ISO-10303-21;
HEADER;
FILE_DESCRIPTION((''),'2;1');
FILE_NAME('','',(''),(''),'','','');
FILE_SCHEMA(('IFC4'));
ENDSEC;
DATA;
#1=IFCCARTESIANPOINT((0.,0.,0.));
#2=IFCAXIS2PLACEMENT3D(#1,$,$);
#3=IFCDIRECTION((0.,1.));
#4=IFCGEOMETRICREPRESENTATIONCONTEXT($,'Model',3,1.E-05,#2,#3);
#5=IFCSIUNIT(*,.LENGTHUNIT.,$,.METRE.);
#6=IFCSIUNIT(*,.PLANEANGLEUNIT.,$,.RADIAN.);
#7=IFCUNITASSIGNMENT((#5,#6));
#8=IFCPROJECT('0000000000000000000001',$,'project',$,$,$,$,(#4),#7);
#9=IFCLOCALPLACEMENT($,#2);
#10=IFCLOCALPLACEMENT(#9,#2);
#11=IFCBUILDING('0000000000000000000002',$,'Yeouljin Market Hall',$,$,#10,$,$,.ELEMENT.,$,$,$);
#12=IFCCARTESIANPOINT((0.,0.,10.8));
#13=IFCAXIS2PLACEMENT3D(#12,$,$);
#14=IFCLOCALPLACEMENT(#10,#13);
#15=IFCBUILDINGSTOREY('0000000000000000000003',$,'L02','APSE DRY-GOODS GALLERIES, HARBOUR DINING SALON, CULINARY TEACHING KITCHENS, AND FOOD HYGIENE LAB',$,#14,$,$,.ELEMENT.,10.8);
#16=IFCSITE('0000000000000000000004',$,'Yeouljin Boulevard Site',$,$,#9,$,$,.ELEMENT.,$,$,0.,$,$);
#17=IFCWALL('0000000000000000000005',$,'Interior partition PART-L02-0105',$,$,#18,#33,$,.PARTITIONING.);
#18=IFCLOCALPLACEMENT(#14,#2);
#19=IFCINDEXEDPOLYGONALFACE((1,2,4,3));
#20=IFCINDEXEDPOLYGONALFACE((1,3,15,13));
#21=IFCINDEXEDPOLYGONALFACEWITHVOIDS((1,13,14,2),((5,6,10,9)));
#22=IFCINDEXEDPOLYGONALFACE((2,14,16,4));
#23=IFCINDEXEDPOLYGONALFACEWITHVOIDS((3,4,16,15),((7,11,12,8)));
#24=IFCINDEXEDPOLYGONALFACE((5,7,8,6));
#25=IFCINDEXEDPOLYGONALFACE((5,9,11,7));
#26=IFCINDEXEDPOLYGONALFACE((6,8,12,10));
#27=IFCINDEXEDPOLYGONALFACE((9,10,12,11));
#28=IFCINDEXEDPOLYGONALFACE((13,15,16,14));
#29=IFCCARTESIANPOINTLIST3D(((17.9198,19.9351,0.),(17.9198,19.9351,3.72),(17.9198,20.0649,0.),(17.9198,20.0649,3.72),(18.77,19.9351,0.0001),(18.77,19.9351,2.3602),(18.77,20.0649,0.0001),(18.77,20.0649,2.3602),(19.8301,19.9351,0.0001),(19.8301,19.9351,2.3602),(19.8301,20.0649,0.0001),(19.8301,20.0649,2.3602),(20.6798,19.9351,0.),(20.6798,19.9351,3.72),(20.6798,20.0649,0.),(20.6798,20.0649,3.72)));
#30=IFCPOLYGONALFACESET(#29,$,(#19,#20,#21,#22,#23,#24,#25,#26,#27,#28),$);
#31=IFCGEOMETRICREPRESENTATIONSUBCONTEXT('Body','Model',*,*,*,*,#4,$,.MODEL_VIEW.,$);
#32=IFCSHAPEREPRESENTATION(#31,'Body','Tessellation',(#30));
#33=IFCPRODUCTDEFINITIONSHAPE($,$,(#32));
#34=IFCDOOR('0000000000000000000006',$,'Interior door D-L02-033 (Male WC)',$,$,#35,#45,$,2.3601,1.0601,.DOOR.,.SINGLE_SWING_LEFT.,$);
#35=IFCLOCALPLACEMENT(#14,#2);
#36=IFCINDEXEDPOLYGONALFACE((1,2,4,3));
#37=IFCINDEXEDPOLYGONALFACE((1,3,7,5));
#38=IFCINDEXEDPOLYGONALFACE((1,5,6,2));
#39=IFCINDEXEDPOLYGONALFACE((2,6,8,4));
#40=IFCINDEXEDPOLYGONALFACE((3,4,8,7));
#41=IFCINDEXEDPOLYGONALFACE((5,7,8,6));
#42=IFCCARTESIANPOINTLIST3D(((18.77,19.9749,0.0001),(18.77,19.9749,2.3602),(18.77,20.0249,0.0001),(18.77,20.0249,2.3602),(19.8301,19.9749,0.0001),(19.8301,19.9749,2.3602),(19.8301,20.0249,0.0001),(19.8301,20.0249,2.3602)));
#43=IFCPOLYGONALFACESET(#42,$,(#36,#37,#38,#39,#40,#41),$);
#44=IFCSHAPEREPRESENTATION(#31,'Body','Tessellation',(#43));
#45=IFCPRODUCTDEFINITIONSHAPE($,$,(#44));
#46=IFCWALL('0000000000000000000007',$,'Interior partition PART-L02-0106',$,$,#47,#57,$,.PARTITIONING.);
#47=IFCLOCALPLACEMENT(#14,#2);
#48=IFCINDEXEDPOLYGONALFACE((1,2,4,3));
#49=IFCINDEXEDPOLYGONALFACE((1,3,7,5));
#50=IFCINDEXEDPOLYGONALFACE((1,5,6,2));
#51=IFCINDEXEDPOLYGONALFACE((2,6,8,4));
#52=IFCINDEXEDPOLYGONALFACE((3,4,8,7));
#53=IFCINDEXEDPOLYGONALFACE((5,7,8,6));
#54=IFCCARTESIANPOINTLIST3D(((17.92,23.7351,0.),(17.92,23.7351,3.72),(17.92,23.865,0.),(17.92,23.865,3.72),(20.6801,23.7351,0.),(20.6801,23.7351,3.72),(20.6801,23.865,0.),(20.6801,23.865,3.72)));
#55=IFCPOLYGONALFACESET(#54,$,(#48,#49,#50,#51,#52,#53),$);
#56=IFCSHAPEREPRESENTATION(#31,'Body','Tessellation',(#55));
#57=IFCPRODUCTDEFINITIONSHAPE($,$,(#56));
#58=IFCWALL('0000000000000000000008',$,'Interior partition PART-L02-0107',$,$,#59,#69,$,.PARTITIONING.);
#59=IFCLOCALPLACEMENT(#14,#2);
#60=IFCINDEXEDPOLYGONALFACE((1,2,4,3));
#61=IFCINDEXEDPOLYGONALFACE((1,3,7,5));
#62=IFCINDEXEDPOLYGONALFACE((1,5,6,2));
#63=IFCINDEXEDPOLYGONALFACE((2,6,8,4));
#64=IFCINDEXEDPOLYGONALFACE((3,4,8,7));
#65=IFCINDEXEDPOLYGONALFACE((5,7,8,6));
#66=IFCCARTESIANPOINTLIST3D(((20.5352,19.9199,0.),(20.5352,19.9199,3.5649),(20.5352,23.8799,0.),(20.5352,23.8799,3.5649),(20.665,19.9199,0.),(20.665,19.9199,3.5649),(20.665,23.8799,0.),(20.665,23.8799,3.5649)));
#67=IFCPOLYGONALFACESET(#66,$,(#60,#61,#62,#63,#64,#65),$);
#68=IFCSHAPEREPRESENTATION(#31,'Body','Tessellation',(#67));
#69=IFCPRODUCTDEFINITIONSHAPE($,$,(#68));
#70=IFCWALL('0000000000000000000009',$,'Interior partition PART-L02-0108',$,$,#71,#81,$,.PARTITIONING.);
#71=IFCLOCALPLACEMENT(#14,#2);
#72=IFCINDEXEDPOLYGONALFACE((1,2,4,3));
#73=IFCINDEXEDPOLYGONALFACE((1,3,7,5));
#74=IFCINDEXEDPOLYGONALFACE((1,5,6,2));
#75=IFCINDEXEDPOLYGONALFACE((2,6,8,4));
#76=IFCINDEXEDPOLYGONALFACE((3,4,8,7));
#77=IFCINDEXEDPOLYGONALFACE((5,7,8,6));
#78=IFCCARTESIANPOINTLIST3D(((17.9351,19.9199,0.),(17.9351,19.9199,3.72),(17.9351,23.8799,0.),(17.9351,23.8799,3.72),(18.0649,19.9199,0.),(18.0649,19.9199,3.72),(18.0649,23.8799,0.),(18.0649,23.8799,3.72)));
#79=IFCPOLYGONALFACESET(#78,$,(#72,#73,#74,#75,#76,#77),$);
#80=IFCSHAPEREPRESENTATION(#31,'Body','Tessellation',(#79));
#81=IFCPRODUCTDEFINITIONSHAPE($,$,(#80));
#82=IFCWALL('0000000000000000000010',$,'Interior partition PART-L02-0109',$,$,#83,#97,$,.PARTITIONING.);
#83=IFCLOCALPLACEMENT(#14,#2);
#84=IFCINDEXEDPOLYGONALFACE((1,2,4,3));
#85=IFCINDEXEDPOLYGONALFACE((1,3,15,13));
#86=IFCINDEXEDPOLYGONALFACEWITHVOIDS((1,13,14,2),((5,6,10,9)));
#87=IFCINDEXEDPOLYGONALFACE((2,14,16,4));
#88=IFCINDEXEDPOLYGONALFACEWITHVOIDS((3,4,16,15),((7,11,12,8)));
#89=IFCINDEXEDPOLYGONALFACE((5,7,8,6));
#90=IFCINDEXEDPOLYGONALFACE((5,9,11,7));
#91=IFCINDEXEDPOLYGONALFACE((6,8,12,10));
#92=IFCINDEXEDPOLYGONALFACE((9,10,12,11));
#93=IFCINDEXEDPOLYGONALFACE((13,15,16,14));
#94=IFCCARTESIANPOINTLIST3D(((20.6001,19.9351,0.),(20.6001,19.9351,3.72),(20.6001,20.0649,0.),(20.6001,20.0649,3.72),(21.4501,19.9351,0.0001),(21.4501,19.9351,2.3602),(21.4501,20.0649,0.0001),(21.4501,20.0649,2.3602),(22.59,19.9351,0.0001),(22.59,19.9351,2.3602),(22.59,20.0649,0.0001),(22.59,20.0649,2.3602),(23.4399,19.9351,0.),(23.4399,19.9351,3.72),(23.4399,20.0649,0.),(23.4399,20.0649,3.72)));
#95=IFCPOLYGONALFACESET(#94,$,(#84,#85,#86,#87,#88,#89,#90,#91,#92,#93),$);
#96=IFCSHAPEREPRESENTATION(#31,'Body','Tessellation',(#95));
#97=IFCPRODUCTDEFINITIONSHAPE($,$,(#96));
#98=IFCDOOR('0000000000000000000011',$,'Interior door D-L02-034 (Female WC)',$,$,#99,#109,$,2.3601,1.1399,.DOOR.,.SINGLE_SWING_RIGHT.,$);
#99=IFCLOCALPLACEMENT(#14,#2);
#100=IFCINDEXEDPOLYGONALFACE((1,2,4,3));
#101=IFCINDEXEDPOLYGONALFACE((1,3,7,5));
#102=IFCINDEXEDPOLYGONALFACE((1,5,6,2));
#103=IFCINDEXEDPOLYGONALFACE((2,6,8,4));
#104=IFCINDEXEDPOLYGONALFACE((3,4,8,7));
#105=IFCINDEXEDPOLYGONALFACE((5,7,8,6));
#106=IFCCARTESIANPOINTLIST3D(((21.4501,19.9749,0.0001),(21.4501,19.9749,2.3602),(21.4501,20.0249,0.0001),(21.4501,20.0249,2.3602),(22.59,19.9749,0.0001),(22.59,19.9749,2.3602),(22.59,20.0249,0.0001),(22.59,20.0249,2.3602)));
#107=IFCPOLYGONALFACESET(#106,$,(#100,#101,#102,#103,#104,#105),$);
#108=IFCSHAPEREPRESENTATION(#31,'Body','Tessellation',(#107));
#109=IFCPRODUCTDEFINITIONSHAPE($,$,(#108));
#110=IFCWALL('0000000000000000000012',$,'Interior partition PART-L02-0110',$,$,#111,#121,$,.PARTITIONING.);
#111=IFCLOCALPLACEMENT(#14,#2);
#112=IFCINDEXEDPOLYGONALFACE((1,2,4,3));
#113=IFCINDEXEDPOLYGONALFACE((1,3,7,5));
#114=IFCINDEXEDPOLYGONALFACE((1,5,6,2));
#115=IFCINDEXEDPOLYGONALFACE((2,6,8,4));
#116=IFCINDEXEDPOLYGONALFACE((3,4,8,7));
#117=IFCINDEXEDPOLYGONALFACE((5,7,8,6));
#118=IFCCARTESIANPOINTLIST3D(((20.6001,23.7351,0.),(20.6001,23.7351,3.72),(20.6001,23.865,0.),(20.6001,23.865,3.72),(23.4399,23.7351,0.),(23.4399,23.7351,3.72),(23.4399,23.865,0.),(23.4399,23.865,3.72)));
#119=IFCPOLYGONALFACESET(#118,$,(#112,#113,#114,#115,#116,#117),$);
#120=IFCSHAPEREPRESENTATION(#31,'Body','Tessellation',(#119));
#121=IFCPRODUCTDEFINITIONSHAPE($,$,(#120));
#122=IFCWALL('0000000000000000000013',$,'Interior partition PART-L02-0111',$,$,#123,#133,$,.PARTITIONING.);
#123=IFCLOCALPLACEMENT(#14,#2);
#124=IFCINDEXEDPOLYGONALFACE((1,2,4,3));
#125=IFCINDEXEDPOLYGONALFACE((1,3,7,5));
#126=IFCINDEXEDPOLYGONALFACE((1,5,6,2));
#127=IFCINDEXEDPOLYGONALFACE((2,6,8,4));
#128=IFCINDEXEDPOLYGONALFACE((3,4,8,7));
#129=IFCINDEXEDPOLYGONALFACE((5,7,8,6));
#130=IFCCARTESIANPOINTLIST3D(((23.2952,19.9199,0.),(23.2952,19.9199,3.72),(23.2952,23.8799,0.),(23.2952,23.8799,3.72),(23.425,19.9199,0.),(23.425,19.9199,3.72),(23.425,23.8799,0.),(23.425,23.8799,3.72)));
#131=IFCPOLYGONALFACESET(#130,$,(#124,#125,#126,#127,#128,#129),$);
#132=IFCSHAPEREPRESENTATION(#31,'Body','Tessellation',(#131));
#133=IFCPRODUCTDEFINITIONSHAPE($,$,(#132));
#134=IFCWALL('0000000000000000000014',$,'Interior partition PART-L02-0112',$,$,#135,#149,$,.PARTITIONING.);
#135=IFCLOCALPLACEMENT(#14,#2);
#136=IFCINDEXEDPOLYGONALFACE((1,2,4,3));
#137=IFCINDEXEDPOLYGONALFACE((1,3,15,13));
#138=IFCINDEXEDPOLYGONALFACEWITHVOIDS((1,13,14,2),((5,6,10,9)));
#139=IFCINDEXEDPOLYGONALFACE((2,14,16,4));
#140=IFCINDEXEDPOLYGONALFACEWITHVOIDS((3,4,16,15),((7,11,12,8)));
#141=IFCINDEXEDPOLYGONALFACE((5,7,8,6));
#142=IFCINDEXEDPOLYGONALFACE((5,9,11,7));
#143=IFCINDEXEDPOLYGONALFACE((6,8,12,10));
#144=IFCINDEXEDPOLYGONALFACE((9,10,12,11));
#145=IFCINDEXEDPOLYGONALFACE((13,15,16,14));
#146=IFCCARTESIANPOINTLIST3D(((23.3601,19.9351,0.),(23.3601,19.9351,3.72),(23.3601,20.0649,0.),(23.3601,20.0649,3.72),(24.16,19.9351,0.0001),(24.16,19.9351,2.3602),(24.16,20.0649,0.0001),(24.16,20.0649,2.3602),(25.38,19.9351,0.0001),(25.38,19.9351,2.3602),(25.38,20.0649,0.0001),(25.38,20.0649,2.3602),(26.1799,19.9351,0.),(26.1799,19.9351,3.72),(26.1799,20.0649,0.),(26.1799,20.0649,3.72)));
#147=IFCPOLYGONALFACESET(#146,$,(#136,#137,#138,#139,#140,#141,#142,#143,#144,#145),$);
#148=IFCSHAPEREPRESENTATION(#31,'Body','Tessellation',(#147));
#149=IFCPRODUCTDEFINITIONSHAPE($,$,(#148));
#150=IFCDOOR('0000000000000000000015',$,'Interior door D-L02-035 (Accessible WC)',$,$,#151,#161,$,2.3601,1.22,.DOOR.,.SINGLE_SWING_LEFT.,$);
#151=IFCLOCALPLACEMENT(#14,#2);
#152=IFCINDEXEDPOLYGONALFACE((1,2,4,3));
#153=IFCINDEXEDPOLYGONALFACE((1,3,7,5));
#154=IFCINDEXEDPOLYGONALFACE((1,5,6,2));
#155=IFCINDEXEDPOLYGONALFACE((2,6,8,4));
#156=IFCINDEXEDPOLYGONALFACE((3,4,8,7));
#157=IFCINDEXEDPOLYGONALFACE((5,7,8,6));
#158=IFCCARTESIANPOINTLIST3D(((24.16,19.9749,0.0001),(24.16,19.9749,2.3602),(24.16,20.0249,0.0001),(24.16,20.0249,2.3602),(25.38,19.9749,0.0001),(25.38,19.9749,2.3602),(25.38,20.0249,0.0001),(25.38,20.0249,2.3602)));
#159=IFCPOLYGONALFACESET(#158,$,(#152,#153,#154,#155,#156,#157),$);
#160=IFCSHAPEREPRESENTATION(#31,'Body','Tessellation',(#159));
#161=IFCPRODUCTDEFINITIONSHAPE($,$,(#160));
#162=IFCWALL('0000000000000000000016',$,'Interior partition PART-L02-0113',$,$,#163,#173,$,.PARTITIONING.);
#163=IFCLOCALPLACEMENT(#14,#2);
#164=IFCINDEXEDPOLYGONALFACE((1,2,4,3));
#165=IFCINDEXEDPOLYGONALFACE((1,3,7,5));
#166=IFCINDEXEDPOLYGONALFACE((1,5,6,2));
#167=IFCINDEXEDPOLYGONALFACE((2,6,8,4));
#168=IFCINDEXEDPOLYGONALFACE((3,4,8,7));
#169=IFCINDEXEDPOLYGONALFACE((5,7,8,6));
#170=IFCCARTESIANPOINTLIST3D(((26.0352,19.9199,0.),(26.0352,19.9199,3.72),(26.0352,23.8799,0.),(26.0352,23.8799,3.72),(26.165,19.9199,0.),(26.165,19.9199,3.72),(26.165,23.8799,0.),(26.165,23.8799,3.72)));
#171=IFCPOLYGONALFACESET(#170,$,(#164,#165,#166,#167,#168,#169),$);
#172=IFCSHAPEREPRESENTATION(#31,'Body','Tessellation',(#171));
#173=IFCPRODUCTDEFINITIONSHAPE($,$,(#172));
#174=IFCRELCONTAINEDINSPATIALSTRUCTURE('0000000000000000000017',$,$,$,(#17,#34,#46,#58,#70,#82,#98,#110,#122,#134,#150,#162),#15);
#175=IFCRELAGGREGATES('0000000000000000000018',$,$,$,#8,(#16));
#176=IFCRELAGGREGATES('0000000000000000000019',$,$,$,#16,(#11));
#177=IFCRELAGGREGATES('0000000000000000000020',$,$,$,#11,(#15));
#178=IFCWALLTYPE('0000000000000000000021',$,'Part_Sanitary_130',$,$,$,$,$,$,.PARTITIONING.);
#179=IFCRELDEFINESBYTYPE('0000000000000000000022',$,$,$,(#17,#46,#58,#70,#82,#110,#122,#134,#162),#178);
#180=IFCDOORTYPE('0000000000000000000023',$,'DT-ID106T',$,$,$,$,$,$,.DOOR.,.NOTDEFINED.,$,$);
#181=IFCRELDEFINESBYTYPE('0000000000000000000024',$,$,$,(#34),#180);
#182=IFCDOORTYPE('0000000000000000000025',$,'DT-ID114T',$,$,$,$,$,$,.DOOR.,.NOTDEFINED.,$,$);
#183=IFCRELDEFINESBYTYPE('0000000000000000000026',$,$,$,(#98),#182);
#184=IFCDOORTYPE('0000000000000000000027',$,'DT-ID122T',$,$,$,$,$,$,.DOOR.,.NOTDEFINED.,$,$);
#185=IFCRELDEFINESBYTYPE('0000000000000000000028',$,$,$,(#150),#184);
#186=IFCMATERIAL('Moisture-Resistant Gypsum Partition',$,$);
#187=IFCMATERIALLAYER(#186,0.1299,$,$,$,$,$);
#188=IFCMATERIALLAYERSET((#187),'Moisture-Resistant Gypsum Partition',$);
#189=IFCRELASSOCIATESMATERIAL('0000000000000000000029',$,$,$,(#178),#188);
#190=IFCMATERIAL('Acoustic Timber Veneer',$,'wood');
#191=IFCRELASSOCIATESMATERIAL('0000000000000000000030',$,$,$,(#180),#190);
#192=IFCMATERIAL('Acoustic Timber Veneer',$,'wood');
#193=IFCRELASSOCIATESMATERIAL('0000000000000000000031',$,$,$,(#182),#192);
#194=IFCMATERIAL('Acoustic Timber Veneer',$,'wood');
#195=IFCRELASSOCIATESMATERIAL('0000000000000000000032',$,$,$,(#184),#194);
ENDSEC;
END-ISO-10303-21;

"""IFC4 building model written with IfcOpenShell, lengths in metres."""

from ifc_helpers import new_model, si_unit, direction, frame, frame_2d, origin, place, context, subcontext, project, spatial, rectangle, extrude, material, layer, layer_set, type_object, element, fill, save


model = new_model("IFC4")

# Units and contexts
model_context = context("Model", 3, precision=1e-05, world=origin(), true_north=direction((0.0, 1.0)))
body_context = subcontext(model_context, "Body", "Model", "MODEL_VIEW")
ifc_project = project(units=[si_unit("LENGTHUNIT", "METRE"), si_unit("PLANEANGLEUNIT", "RADIAN")], contexts=[model_context])

# Site, building, storey
site_placement = place(None, origin())
site = spatial("IfcSite", under=ifc_project, at=site_placement, Name="Yeouljin Boulevard Site", CompositionType="ELEMENT", RefElevation=0.0)
building_placement = place(site_placement, origin())
building = spatial("IfcBuilding", under=site, at=building_placement, Name="Yeouljin Market Hall", CompositionType="ELEMENT")
storey_placement = place(building_placement, frame((0.0, 0.0, 10.8)))
storey = spatial("IfcBuildingStorey", under=building, at=storey_placement, Name="L02", Description="APSE DRY-GOODS GALLERIES, HARBOUR DINING SALON, CULINARY TEACHING KITCHENS, AND FOOD HYGIENE LAB", CompositionType="ELEMENT", Elevation=10.8)

# Wall, opening, door
ifc_material_1 = material(Name="Moisture-Resistant Gypsum Partition")
ifc_layer_1 = layer(ifc_material_1, 0.1299)
ifc_layer_set_1 = layer_set([ifc_layer_1], Name="Moisture-Resistant Gypsum Partition")
wall_type_1 = type_object("IfcWallType", Name="Part_Sanitary_130", PredefinedType="PARTITIONING", material=ifc_layer_set_1)
wall_1_placement = place(storey_placement, frame((17.9199, 20.0, 0.0), z_axis=(0.0, 0.0, 1.0), x_axis=(1.0, 0.0, 0.0)))
wall_1 = element("IfcWall", 1, at=wall_1_placement, inside=storey, type_object=wall_type_1, Name="Interior partition PART-L02-0105", PredefinedType="PARTITIONING", context=body_context, shape_type="SweptSolid", body=[
    extrude(rectangle(XDim=2.76, YDim=0.1299, at=frame_2d((1.3799, 0.0))), origin(), (0.0, 0.0, 1.0), 3.72),
])
opening_1_placement = place(wall_1_placement, frame((0.8501, 0.0, 0.0)))
opening_1 = element("IfcOpeningElement", 2, at=opening_1_placement, cuts=wall_1, PredefinedType="OPENING", context=body_context, shape_type="SweptSolid", body=[
    extrude(rectangle(XDim=1.0601, YDim=2.3601, at=frame_2d((0.53, 1.1802))), frame((0.0, 0.075, 0.0), z_axis=(0.0, -1.0, 0.0), x_axis=(1.0, 0.0, 0.0)), (0.0, 0.0, 1.0), 0.1499),
])
ifc_material_2 = material(Name="Acoustic Timber Veneer", Category="wood")
door_type_1 = type_object("IfcDoorType", Name="DT-ID106T", OperationType="NOTDEFINED", PredefinedType="DOOR", material=ifc_material_2)
door_1_placement = place(opening_1_placement, origin())
door_1 = element("IfcDoor", 3, at=door_1_placement, inside=storey, type_object=door_type_1, Name="Interior door D-L02-033 (Male WC)", OperationType="SINGLE_SWING_LEFT", OverallHeight=2.3601, OverallWidth=1.0601, PredefinedType="DOOR", context=body_context, shape_type="SweptSolid", body=[
    extrude(rectangle(XDim=1.0601, YDim=2.3601, at=frame_2d((0.53, 1.1802))), frame((0.0, 0.0249, 0.0), z_axis=(0.0, -1.0, 0.0), x_axis=(1.0, 0.0, 0.0)), (0.0, 0.0, 1.0), 0.05),
])
fill(opening_1, door_1)

# Walls
wall_2_placement = place(storey_placement, frame((20.6799, 23.8, 0.0), z_axis=(0.0, 0.0, 1.0), x_axis=(-1.0, 0.0, 0.0)))
element("IfcWall", 4, at=wall_2_placement, inside=storey, type_object=wall_type_1, Name="Interior partition PART-L02-0106", PredefinedType="PARTITIONING", context=body_context, shape_type="SweptSolid", body=[
    extrude(rectangle(XDim=2.76, YDim=0.1299, at=frame_2d((1.3799, 0.0))), origin(), (0.0, 0.0, 1.0), 3.72),
])
wall_3_placement = place(storey_placement, frame((20.6001, 19.9199, 0.0), z_axis=(0.0, 0.0, 1.0), x_axis=(0.0, 1.0, 0.0)))
element("IfcWall", 5, at=wall_3_placement, inside=storey, type_object=wall_type_1, Name="Interior partition PART-L02-0107", PredefinedType="PARTITIONING", context=body_context, shape_type="SweptSolid", body=[
    extrude(rectangle(XDim=3.96, YDim=0.1299, at=frame_2d((1.98, 0.0))), origin(), (0.0, 0.0, 1.0), 3.5649),
])
wall_4_placement = place(storey_placement, frame((18.0, 23.8799, 0.0), z_axis=(0.0, 0.0, 1.0), x_axis=(0.0, -1.0, 0.0)))
element("IfcWall", 6, at=wall_4_placement, inside=storey, type_object=wall_type_1, Name="Interior partition PART-L02-0108", PredefinedType="PARTITIONING", context=body_context, shape_type="SweptSolid", body=[
    extrude(rectangle(XDim=3.96, YDim=0.1299, at=frame_2d((1.98, 0.0))), origin(), (0.0, 0.0, 1.0), 3.72),
])

# Wall, opening, door
wall_5_placement = place(storey_placement, frame((20.6001, 20.0, 0.0), z_axis=(0.0, 0.0, 1.0), x_axis=(1.0, 0.0, 0.0)))
wall_5 = element("IfcWall", 7, at=wall_5_placement, inside=storey, type_object=wall_type_1, Name="Interior partition PART-L02-0109", PredefinedType="PARTITIONING", context=body_context, shape_type="SweptSolid", body=[
    extrude(rectangle(XDim=2.8398, YDim=0.1299, at=frame_2d((1.4199, 0.0))), origin(), (0.0, 0.0, 1.0), 3.72),
])
opening_2_placement = place(wall_5_placement, frame((0.8501, 0.0, 0.0)))
opening_2 = element("IfcOpeningElement", 8, at=opening_2_placement, cuts=wall_5, PredefinedType="OPENING", context=body_context, shape_type="SweptSolid", body=[
    extrude(rectangle(XDim=1.1399, YDim=2.3601, at=frame_2d((0.5698, 1.1802))), frame((0.0, 0.075, 0.0), z_axis=(0.0, -1.0, 0.0), x_axis=(1.0, 0.0, 0.0)), (0.0, 0.0, 1.0), 0.1499),
])
ifc_material_3 = material(Name="Acoustic Timber Veneer", Category="wood")
door_type_2 = type_object("IfcDoorType", Name="DT-ID114T", OperationType="NOTDEFINED", PredefinedType="DOOR", material=ifc_material_3)
door_2_placement = place(opening_2_placement, origin())
door_2 = element("IfcDoor", 9, at=door_2_placement, inside=storey, type_object=door_type_2, Name="Interior door D-L02-034 (Female WC)", OperationType="SINGLE_SWING_RIGHT", OverallHeight=2.3601, OverallWidth=1.1399, PredefinedType="DOOR", context=body_context, shape_type="SweptSolid", body=[
    extrude(rectangle(XDim=1.1399, YDim=2.3601, at=frame_2d((0.5698, 1.1802))), frame((0.0, 0.0249, 0.0), z_axis=(0.0, -1.0, 0.0), x_axis=(1.0, 0.0, 0.0)), (0.0, 0.0, 1.0), 0.05),
])
fill(opening_2, door_2)

# Walls
wall_6_placement = place(storey_placement, frame((23.4399, 23.8, 0.0), z_axis=(0.0, 0.0, 1.0), x_axis=(-1.0, 0.0, 0.0)))
element("IfcWall", 10, at=wall_6_placement, inside=storey, type_object=wall_type_1, Name="Interior partition PART-L02-0110", PredefinedType="PARTITIONING", context=body_context, shape_type="SweptSolid", body=[
    extrude(rectangle(XDim=2.8398, YDim=0.1299, at=frame_2d((1.4199, 0.0))), origin(), (0.0, 0.0, 1.0), 3.72),
])
wall_7_placement = place(storey_placement, frame((23.3601, 19.9199, 0.0), z_axis=(0.0, 0.0, 1.0), x_axis=(0.0, 1.0, 0.0)))
element("IfcWall", 11, at=wall_7_placement, inside=storey, type_object=wall_type_1, Name="Interior partition PART-L02-0111", PredefinedType="PARTITIONING", context=body_context, shape_type="SweptSolid", body=[
    extrude(rectangle(XDim=3.96, YDim=0.1299, at=frame_2d((1.98, 0.0))), origin(), (0.0, 0.0, 1.0), 3.72),
])

# Wall, opening, door
wall_8_placement = place(storey_placement, frame((23.3601, 20.0, 0.0), z_axis=(0.0, 0.0, 1.0), x_axis=(1.0, 0.0, 0.0)))
wall_8 = element("IfcWall", 12, at=wall_8_placement, inside=storey, type_object=wall_type_1, Name="Interior partition PART-L02-0112", PredefinedType="PARTITIONING", context=body_context, shape_type="SweptSolid", body=[
    extrude(rectangle(XDim=2.8198, YDim=0.1299, at=frame_2d((1.4099, 0.0))), origin(), (0.0, 0.0, 1.0), 3.72),
])
opening_3_placement = place(wall_8_placement, frame((0.8, 0.0, 0.0)))
opening_3 = element("IfcOpeningElement", 13, at=opening_3_placement, cuts=wall_8, PredefinedType="OPENING", context=body_context, shape_type="SweptSolid", body=[
    extrude(rectangle(XDim=1.22, YDim=2.3601, at=frame_2d((0.6099, 1.1802))), frame((0.0, 0.075, 0.0), z_axis=(0.0, -1.0, 0.0), x_axis=(1.0, 0.0, 0.0)), (0.0, 0.0, 1.0), 0.1499),
])
ifc_material_4 = material(Name="Acoustic Timber Veneer", Category="wood")
door_type_3 = type_object("IfcDoorType", Name="DT-ID122T", OperationType="NOTDEFINED", PredefinedType="DOOR", material=ifc_material_4)
door_3_placement = place(opening_3_placement, origin())
door_3 = element("IfcDoor", 14, at=door_3_placement, inside=storey, type_object=door_type_3, Name="Interior door D-L02-035 (Accessible WC)", OperationType="SINGLE_SWING_LEFT", OverallHeight=2.3601, OverallWidth=1.22, PredefinedType="DOOR", context=body_context, shape_type="SweptSolid", body=[
    extrude(rectangle(XDim=1.22, YDim=2.3601, at=frame_2d((0.6099, 1.1802))), frame((0.0, 0.0249, 0.0), z_axis=(0.0, -1.0, 0.0), x_axis=(1.0, 0.0, 0.0)), (0.0, 0.0, 1.0), 0.05),
])
fill(opening_3, door_3)

# Wall
wall_9_placement = place(storey_placement, frame((26.1001, 19.9199, 0.0), z_axis=(0.0, 0.0, 1.0), x_axis=(0.0, 1.0, 0.0)))
element("IfcWall", 15, at=wall_9_placement, inside=storey, type_object=wall_type_1, Name="Interior partition PART-L02-0113", PredefinedType="PARTITIONING", context=body_context, shape_type="SweptSolid", body=[
    extrude(rectangle(XDim=3.96, YDim=0.1299, at=frame_2d((1.98, 0.0))), origin(), (0.0, 0.0, 1.0), 3.72),
])

save(model, "model.ifc")
